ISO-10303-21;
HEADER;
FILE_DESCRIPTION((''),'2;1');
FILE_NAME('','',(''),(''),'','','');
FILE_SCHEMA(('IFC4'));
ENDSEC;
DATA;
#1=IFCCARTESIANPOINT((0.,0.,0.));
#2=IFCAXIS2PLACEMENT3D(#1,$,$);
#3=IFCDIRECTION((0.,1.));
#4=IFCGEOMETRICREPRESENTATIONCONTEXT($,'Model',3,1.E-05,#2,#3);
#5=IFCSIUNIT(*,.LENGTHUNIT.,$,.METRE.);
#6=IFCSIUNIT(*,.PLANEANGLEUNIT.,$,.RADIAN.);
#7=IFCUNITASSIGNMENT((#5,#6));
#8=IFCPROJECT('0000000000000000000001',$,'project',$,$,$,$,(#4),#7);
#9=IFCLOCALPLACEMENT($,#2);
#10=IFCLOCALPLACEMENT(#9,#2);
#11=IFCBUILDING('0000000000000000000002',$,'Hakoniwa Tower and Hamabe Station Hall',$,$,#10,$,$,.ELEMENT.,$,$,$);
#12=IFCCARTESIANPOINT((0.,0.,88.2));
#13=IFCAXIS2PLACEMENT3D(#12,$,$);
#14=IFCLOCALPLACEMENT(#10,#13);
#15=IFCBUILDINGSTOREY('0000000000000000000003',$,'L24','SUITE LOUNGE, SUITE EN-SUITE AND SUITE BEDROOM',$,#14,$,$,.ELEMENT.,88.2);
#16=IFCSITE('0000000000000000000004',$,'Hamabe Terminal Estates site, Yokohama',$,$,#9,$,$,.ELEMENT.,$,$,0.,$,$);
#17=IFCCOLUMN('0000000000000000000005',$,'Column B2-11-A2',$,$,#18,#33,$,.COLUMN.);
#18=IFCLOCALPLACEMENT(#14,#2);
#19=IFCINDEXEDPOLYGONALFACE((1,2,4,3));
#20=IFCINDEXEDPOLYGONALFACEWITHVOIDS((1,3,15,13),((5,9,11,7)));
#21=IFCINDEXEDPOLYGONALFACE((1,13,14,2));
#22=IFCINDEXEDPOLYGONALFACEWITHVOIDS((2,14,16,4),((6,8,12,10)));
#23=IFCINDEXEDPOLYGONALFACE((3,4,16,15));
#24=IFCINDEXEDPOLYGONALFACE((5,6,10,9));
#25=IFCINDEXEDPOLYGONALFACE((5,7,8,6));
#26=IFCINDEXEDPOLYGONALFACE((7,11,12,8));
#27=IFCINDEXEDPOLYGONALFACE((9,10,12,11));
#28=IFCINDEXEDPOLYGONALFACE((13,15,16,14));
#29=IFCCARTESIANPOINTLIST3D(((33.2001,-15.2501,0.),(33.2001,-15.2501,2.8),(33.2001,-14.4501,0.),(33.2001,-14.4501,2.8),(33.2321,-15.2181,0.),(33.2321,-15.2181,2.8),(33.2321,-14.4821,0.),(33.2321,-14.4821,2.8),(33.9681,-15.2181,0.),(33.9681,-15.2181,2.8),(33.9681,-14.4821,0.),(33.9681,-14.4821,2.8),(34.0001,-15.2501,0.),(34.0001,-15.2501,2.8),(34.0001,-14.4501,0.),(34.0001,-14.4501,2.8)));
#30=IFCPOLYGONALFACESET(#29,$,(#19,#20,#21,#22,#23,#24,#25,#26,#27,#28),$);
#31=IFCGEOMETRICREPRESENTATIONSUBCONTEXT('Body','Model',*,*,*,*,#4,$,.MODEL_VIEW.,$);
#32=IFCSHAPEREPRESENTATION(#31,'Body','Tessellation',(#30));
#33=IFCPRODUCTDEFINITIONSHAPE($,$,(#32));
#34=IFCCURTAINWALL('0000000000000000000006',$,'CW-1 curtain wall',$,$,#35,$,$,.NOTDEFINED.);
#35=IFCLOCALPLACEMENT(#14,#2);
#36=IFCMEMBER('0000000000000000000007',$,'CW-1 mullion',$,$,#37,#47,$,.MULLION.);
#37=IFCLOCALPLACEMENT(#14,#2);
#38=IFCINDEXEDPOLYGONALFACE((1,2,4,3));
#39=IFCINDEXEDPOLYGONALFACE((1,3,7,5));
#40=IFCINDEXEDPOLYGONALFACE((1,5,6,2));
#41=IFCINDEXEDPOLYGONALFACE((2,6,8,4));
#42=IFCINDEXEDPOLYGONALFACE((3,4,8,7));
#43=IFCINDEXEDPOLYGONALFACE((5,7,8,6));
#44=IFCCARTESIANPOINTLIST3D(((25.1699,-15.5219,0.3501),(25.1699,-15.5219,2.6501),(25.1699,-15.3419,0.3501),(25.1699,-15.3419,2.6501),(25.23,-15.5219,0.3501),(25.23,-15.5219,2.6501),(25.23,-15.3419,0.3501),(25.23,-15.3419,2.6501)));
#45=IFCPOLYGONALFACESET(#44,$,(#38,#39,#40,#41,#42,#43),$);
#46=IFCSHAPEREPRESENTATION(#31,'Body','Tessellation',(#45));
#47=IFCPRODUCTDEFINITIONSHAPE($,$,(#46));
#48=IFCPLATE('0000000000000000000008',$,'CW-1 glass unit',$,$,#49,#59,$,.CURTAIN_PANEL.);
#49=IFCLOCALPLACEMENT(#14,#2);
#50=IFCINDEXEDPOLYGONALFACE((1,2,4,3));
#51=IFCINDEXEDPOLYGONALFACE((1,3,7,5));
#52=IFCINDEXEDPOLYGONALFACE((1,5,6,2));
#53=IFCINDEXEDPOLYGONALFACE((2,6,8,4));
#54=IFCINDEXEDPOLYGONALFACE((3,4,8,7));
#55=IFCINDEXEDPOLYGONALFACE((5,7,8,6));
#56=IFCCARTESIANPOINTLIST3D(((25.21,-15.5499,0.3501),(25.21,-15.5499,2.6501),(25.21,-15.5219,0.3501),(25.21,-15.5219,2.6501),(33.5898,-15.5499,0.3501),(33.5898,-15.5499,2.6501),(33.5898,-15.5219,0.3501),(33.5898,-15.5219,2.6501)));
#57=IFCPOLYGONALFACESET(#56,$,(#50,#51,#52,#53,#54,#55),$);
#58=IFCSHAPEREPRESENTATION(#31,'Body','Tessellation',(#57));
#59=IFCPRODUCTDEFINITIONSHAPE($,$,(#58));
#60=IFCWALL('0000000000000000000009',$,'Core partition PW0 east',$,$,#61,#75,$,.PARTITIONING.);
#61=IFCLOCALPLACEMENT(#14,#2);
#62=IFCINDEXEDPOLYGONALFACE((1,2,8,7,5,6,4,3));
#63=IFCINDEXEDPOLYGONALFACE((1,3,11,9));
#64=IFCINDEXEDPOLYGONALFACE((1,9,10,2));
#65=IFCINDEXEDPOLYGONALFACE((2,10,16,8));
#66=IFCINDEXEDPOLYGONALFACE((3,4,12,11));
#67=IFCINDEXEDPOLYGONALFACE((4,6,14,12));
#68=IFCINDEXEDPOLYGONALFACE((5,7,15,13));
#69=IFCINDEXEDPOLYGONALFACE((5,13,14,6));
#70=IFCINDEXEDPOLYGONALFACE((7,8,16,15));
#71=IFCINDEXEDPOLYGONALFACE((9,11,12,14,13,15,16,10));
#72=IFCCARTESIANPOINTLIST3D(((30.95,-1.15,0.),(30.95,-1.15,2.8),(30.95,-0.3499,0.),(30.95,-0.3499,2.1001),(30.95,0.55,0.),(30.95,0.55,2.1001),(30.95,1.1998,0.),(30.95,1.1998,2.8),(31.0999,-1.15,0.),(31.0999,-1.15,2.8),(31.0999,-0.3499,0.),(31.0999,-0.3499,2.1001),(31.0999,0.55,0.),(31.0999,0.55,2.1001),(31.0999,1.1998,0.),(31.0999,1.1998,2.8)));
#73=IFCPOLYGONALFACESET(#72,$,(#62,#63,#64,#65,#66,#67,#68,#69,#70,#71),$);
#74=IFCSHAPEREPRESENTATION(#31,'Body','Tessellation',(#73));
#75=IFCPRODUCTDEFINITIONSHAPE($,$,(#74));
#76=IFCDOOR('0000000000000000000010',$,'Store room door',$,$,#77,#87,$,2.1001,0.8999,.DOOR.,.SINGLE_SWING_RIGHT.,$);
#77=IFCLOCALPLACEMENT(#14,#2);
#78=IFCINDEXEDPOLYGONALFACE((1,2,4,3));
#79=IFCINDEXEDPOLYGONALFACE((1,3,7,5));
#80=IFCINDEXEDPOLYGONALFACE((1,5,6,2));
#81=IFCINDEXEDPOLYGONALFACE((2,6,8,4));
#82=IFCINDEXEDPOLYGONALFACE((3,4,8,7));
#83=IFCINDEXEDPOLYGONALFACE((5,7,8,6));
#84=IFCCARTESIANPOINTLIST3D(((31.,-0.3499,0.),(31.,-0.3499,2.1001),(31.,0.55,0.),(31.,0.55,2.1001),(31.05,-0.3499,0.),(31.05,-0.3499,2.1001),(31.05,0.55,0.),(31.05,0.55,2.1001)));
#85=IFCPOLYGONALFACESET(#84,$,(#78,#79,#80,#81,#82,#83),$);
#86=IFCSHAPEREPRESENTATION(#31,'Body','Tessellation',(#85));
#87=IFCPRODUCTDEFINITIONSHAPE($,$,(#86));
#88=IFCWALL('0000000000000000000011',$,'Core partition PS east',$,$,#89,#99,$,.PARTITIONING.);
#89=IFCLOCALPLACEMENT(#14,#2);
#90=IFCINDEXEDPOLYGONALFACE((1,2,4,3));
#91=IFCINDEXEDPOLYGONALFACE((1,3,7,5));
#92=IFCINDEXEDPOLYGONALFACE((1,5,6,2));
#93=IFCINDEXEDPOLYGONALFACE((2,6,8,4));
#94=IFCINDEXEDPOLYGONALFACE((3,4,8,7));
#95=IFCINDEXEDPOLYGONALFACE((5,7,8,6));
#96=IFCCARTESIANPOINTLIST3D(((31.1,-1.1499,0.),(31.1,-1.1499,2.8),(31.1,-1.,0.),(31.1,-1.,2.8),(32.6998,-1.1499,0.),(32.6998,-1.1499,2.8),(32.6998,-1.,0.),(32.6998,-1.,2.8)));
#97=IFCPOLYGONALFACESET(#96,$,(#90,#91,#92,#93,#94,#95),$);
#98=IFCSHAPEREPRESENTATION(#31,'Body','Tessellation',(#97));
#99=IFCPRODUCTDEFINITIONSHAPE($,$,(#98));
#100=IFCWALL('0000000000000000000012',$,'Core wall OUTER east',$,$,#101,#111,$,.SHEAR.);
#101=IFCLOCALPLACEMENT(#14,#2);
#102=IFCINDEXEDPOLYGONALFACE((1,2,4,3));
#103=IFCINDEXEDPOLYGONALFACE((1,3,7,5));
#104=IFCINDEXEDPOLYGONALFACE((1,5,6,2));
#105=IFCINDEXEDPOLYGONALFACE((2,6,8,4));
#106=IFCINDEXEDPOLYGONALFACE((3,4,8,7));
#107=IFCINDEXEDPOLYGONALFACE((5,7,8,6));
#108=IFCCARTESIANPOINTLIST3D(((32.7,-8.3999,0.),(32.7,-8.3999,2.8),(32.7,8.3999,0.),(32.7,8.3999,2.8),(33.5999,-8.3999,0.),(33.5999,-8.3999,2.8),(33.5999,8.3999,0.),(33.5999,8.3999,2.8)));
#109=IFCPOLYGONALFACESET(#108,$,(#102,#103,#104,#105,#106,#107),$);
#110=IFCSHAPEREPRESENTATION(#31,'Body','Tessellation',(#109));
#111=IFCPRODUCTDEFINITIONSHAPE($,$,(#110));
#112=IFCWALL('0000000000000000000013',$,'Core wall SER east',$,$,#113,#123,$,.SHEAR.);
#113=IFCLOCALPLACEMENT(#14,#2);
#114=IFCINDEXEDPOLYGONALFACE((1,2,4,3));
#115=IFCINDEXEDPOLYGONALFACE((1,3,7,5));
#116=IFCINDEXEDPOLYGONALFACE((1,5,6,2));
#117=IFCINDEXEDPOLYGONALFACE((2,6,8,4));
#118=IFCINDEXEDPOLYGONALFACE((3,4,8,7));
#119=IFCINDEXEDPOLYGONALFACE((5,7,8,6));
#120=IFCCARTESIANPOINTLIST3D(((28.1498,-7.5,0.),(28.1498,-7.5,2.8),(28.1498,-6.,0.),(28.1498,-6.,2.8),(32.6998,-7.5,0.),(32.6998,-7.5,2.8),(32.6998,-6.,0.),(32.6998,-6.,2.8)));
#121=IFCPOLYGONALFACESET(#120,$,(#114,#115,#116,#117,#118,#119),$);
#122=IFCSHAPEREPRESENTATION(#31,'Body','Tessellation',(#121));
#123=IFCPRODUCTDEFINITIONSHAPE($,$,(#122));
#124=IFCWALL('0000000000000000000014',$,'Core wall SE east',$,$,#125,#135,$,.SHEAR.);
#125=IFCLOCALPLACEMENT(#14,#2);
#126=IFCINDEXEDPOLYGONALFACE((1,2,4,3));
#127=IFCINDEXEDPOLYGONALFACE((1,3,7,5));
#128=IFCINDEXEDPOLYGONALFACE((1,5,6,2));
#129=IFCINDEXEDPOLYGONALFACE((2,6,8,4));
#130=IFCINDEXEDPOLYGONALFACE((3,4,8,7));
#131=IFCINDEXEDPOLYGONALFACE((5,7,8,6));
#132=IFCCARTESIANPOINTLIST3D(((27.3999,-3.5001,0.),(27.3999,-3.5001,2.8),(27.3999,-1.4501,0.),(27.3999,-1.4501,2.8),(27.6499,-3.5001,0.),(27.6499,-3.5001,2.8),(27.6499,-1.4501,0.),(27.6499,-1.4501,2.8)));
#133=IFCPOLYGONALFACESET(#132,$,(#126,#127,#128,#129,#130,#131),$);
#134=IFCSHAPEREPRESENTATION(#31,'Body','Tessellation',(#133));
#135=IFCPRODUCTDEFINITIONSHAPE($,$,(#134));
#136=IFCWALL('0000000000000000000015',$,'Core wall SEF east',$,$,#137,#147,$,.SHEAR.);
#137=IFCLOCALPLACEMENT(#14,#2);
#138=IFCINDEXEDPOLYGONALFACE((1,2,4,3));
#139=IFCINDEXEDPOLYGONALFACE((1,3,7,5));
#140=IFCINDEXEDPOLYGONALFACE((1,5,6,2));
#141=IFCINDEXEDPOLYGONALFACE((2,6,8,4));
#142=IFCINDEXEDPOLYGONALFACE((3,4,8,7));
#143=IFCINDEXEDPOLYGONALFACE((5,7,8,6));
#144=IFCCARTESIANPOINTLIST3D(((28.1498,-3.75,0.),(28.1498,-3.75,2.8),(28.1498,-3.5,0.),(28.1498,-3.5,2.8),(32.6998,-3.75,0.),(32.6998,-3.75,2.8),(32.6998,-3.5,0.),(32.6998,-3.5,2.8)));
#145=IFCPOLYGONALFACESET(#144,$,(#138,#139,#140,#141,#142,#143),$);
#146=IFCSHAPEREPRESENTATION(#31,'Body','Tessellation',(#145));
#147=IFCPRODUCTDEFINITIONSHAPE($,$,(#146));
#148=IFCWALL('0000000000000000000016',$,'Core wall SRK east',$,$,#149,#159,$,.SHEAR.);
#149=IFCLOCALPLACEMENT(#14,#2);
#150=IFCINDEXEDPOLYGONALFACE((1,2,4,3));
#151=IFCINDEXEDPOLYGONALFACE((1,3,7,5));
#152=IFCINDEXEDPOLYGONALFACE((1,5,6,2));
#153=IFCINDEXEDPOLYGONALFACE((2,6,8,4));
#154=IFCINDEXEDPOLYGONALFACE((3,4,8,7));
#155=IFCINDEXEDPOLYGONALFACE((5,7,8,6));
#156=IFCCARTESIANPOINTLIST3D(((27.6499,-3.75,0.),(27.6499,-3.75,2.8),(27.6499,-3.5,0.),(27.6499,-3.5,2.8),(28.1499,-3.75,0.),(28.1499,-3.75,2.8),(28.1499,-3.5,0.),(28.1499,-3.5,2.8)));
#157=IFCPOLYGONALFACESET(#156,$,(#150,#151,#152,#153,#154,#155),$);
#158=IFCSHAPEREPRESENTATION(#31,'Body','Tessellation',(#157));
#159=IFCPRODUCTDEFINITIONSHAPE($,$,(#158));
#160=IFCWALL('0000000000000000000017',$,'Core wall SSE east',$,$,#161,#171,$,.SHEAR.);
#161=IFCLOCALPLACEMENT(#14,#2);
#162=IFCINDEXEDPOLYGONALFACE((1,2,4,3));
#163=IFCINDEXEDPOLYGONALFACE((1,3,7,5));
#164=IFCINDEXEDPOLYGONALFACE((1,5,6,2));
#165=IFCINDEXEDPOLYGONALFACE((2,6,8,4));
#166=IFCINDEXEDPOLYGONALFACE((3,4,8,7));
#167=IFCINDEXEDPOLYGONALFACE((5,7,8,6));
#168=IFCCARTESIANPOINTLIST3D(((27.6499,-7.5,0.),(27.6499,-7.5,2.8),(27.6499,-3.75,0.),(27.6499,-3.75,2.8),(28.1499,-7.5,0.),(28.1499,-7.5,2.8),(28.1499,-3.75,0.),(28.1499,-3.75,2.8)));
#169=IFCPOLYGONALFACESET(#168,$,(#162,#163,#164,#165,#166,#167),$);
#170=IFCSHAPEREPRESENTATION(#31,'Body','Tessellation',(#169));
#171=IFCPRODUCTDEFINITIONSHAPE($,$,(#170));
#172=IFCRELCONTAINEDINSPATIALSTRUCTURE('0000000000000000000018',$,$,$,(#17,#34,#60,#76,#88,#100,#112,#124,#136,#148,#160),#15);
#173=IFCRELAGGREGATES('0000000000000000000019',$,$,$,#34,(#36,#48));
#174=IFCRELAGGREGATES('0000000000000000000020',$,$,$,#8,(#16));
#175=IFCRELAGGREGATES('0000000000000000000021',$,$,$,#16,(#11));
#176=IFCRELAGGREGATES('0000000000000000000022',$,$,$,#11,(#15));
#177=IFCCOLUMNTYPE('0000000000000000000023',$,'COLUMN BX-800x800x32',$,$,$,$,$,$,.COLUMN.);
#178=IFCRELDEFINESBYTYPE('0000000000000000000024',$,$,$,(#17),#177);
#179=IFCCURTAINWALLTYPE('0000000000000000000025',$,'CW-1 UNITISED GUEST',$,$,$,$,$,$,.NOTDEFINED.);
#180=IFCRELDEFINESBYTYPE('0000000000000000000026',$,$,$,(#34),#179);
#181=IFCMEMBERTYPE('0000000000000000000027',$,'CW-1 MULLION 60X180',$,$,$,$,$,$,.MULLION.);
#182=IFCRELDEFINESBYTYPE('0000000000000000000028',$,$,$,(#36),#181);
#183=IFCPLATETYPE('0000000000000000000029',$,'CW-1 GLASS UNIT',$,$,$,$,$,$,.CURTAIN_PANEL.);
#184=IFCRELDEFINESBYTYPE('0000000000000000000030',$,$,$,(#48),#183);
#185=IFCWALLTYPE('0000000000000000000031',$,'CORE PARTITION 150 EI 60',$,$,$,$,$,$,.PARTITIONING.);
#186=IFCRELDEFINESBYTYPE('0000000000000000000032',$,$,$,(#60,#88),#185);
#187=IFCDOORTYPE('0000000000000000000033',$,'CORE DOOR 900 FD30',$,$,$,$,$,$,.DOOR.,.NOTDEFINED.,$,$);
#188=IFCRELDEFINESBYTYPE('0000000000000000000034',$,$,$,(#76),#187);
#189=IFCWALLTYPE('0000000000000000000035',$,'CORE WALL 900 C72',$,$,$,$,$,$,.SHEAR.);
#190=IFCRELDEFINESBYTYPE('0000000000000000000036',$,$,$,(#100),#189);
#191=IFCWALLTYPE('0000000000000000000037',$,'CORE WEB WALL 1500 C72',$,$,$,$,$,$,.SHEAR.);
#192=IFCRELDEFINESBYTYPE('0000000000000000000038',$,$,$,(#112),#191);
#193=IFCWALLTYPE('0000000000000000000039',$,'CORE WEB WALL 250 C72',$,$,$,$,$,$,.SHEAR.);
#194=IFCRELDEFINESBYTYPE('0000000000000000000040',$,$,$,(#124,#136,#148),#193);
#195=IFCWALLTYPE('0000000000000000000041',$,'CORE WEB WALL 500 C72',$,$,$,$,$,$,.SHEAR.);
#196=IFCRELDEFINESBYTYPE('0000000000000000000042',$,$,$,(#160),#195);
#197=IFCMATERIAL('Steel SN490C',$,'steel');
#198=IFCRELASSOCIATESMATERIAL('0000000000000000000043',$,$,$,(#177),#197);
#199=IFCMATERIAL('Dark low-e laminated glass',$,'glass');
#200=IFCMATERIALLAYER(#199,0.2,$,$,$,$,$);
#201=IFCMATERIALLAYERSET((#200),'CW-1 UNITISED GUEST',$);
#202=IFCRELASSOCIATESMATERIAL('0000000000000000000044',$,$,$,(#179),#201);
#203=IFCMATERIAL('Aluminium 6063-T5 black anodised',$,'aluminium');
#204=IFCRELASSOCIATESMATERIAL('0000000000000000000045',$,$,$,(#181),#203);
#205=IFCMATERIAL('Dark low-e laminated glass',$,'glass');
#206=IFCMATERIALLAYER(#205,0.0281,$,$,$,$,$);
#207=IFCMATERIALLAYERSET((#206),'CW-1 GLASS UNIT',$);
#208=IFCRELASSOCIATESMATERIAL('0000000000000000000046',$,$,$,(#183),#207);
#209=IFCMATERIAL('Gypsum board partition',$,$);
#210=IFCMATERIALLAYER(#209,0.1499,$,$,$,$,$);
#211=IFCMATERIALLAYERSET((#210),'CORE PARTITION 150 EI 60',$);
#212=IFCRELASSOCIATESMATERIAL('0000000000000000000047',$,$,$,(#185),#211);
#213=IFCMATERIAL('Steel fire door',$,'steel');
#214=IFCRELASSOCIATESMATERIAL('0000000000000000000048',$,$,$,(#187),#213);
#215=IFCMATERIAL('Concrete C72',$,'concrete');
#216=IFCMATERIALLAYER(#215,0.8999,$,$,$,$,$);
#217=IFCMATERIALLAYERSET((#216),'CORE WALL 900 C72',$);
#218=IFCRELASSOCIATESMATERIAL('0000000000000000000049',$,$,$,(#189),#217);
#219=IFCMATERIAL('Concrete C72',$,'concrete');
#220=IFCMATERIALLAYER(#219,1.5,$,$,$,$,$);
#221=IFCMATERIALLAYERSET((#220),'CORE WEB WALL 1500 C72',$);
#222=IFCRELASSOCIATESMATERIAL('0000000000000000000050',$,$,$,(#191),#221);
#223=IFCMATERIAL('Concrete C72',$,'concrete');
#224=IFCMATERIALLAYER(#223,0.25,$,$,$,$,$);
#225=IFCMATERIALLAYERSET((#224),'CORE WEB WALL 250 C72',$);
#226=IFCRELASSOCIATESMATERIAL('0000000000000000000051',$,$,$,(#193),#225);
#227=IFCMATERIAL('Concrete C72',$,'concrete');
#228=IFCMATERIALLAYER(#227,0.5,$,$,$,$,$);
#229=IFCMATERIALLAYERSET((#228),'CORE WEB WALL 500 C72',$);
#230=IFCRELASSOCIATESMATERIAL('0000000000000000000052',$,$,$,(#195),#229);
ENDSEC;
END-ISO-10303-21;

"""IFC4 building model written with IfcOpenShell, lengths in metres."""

from ifc_helpers import new_model, si_unit, direction, frame, frame_2d, origin, origin_2d, place, context, subcontext, project, spatial, rectangle, hollow_rectangle, extrude, material, layer, layer_set, material_profile, profile_set, type_object, element, fill, aggregate, save


model = new_model("IFC4")

# Units and contexts
model_context = context("Model", 3, precision=1e-05, world=origin(), true_north=direction((0.0, 1.0)))
body_context = subcontext(model_context, "Body", "Model", "MODEL_VIEW")
ifc_project = project(units=[si_unit("LENGTHUNIT", "METRE"), si_unit("PLANEANGLEUNIT", "RADIAN")], contexts=[model_context])

# Site, building, storey
site_placement = place(None, origin())
site = spatial("IfcSite", under=ifc_project, at=site_placement, Name="Hamabe Terminal Estates site, Yokohama", CompositionType="ELEMENT", RefElevation=0.0)
building_placement = place(site_placement, origin())
building = spatial("IfcBuilding", under=site, at=building_placement, Name="Hakoniwa Tower and Hamabe Station Hall", CompositionType="ELEMENT")
storey_placement = place(building_placement, frame((0.0, 0.0, 88.2)))
storey = spatial("IfcBuildingStorey", under=building, at=storey_placement, Name="L24", Description="SUITE LOUNGE, SUITE EN-SUITE AND SUITE BEDROOM", CompositionType="ELEMENT", Elevation=88.2)

# Column
ifc_material_1 = material(Name="Steel SN490C", Category="steel")
ifc_material_profile_1 = material_profile(ifc_material_1, hollow_rectangle(XDim=0.8, YDim=0.8, WallThickness=0.032, at=origin_2d()), Name="BX-800x800x32")
ifc_profile_set_1 = profile_set([ifc_material_profile_1], Name="Steel SN490C")
column_type = type_object("IfcColumnType", Name="COLUMN BX-800x800x32", PredefinedType="COLUMN", material=ifc_profile_set_1)
column_placement = place(storey_placement, frame((33.6001, -14.8501, 0.0), z_axis=(0.0, 0.0, 1.0), x_axis=(1.0, 0.0, 0.0)))
element("IfcColumn", 1, at=column_placement, inside=storey, type_object=column_type, Name="Column B2-11-A2", PredefinedType="COLUMN", context=body_context, shape_type="SweptSolid", body=[
    extrude(hollow_rectangle(XDim=0.8, YDim=0.8, WallThickness=0.032, at=origin_2d()), origin(), (0.0, 0.0, 1.0), 2.8),
])

# Curtain wall, member, plate
ifc_material_2 = material(Name="Dark low-e laminated glass", Category="glass")
ifc_layer_1 = layer(ifc_material_2, 0.2)
ifc_layer_set_1 = layer_set([ifc_layer_1], Name="CW-1 UNITISED GUEST")
curtain_wall_type = type_object("IfcCurtainWallType", Name="CW-1 UNITISED GUEST", PredefinedType="NOTDEFINED", material=ifc_layer_set_1)
curtain_wall_placement = place(storey_placement, origin())
curtain_wall = element("IfcCurtainWall", 2, at=curtain_wall_placement, inside=storey, type_object=curtain_wall_type, Name="CW-1 curtain wall", PredefinedType="NOTDEFINED")
ifc_material_3 = material(Name="Aluminium 6063-T5 black anodised", Category="aluminium")
ifc_material_profile_2 = material_profile(ifc_material_3, rectangle(XDim=0.0601, YDim=0.1799, at=origin_2d()), Name="CW-1 MULLION 60X180")
ifc_profile_set_2 = profile_set([ifc_material_profile_2], Name="Aluminium 6063-T5 black anodised")
member_type = type_object("IfcMemberType", Name="CW-1 MULLION 60X180", PredefinedType="MULLION", material=ifc_profile_set_2)
member_placement = place(storey_placement, frame((25.2, -15.4319, 0.3501), z_axis=(0.0, 0.0, 1.0), x_axis=(1.0, 0.0, 0.0)))
member = element("IfcMember", 3, at=member_placement, type_object=member_type, Name="CW-1 mullion", PredefinedType="MULLION", context=body_context, shape_type="SweptSolid", body=[
    extrude(rectangle(XDim=0.0601, YDim=0.1799, at=origin_2d()), origin(), (0.0, 0.0, 1.0), 2.3),
])
ifc_material_4 = material(Name="Dark low-e laminated glass", Category="glass")
ifc_layer_2 = layer(ifc_material_4, 0.0281)
ifc_layer_set_2 = layer_set([ifc_layer_2], Name="CW-1 GLASS UNIT")
plate_type = type_object("IfcPlateType", Name="CW-1 GLASS UNIT", PredefinedType="CURTAIN_PANEL", material=ifc_layer_set_2)
plate_placement = place(storey_placement, frame((29.3999, -15.5359, 0.3501), z_axis=(0.0, 0.0, 1.0), x_axis=(1.0, 0.0, 0.0)))
plate = element("IfcPlate", 4, at=plate_placement, type_object=plate_type, Name="CW-1 glass unit", PredefinedType="CURTAIN_PANEL", context=body_context, shape_type="SweptSolid", body=[
    extrude(rectangle(XDim=8.3799, YDim=0.0281, at=origin_2d()), origin(), (0.0, 0.0, 1.0), 2.3),
])
aggregate(curtain_wall, [member, plate])

# Wall, opening, door
ifc_material_5 = material(Name="Gypsum board partition")
ifc_layer_3 = layer(ifc_material_5, 0.1499)
ifc_layer_set_3 = layer_set([ifc_layer_3], Name="CORE PARTITION 150 EI 60")
wall_type_1 = type_object("IfcWallType", Name="CORE PARTITION 150 EI 60", PredefinedType="PARTITIONING", material=ifc_layer_set_3)
wall_1_placement = place(storey_placement, frame((31.0249, -1.1499, 0.0), z_axis=(0.0, 0.0, 1.0), x_axis=(0.0, 1.0, 0.0)))
wall_1 = element("IfcWall", 5, at=wall_1_placement, inside=storey, type_object=wall_type_1, Name="Core partition PW0 east", PredefinedType="PARTITIONING", context=body_context, shape_type="SweptSolid", body=[
    extrude(rectangle(XDim=2.3499, YDim=0.1499, at=frame_2d((1.1748, 0.0))), origin(), (0.0, 0.0, 1.0), 2.8),
])
opening_1_placement = place(wall_1_placement, frame((0.8, 0.0, 0.0)))
opening_1 = element("IfcOpeningElement", 6, at=opening_1_placement, cuts=wall_1, PredefinedType="OPENING", context=body_context, shape_type="SweptSolid", body=[
    extrude(rectangle(XDim=0.8999, YDim=2.1001, at=frame_2d((0.45, 1.05))), frame((0.0, 0.085, 0.0), z_axis=(0.0, -1.0, 0.0), x_axis=(1.0, 0.0, 0.0)), (0.0, 0.0, 1.0), 0.1699),
])
ifc_material_6 = material(Name="Steel fire door", Category="steel")
door_type_1 = type_object("IfcDoorType", Name="CORE DOOR 900 FD30", OperationType="NOTDEFINED", PredefinedType="DOOR", material=ifc_material_6)
door_1_placement = place(opening_1_placement, origin())
door_1 = element("IfcDoor", 7, at=door_1_placement, inside=storey, type_object=door_type_1, Name="Store room door", OperationType="SINGLE_SWING_RIGHT", OverallHeight=2.1001, OverallWidth=0.8999, PredefinedType="DOOR", context=body_context, shape_type="SweptSolid", body=[
    extrude(rectangle(XDim=0.8999, YDim=2.1001, at=frame_2d((0.45, 1.05))), frame((0.0, 0.0249, 0.0), z_axis=(0.0, -1.0, 0.0), x_axis=(1.0, 0.0, 0.0)), (0.0, 0.0, 1.0), 0.05),
])
fill(opening_1, door_1)

# Walls
wall_2_placement = place(storey_placement, frame((31.1001, -1.075, 0.0), z_axis=(0.0, 0.0, 1.0), x_axis=(1.0, 0.0, 0.0)))
element("IfcWall", 8, at=wall_2_placement, inside=storey, type_object=wall_type_1, Name="Core partition PS east", PredefinedType="PARTITIONING", context=body_context, shape_type="SweptSolid", body=[
    extrude(rectangle(XDim=1.5999, YDim=0.1499, at=frame_2d((0.7998, 0.0))), origin(), (0.0, 0.0, 1.0), 2.8),
])
ifc_material_7 = material(Name="Concrete C72", Category="concrete")
ifc_layer_4 = layer(ifc_material_7, 0.8999)
ifc_layer_set_4 = layer_set([ifc_layer_4], Name="CORE WALL 900 C72")
wall_type_2 = type_object("IfcWallType", Name="CORE WALL 900 C72", PredefinedType="SHEAR", material=ifc_layer_set_4)
wall_3_placement = place(storey_placement, frame((33.1499, -8.3999, 0.0), z_axis=(0.0, 0.0, 1.0), x_axis=(0.0, 1.0, 0.0)))
element("IfcWall", 9, at=wall_3_placement, inside=storey, type_object=wall_type_2, Name="Core wall OUTER east", PredefinedType="SHEAR", context=body_context, shape_type="SweptSolid", body=[
    extrude(rectangle(XDim=16.7998, YDim=0.8999, at=frame_2d((8.3999, 0.0))), origin(), (0.0, 0.0, 1.0), 2.8),
])
ifc_material_8 = material(Name="Concrete C72", Category="concrete")
ifc_layer_5 = layer(ifc_material_8, 1.5)
ifc_layer_set_5 = layer_set([ifc_layer_5], Name="CORE WEB WALL 1500 C72")
wall_type_3 = type_object("IfcWallType", Name="CORE WEB WALL 1500 C72", PredefinedType="SHEAR", material=ifc_layer_set_5)
wall_4_placement = place(storey_placement, frame((28.1499, -6.75, 0.0), z_axis=(0.0, 0.0, 1.0), x_axis=(1.0, 0.0, 0.0)))
element("IfcWall", 10, at=wall_4_placement, inside=storey, type_object=wall_type_3, Name="Core wall SER east", PredefinedType="SHEAR", context=body_context, shape_type="SweptSolid", body=[
    extrude(rectangle(XDim=4.55, YDim=1.5, at=frame_2d((2.2749, 0.0))), origin(), (0.0, 0.0, 1.0), 2.8),
])
ifc_material_9 = material(Name="Concrete C72", Category="concrete")
ifc_layer_6 = layer(ifc_material_9, 0.25)
ifc_layer_set_6 = layer_set([ifc_layer_6], Name="CORE WEB WALL 250 C72")
wall_type_4 = type_object("IfcWallType", Name="CORE WEB WALL 250 C72", PredefinedType="SHEAR", material=ifc_layer_set_6)
wall_5_placement = place(storey_placement, frame((27.5249, -3.5, 0.0), z_axis=(0.0, 0.0, 1.0), x_axis=(0.0, 1.0, 0.0)))
element("IfcWall", 11, at=wall_5_placement, inside=storey, type_object=wall_type_4, Name="Core wall SE east", PredefinedType="SHEAR", context=body_context, shape_type="SweptSolid", body=[
    extrude(rectangle(XDim=2.05, YDim=0.25, at=frame_2d((1.0249, 0.0))), origin(), (0.0, 0.0, 1.0), 2.8),
])
wall_6_placement = place(storey_placement, frame((28.1499, -3.625, 0.0), z_axis=(0.0, 0.0, 1.0), x_axis=(1.0, 0.0, 0.0)))
element("IfcWall", 12, at=wall_6_placement, inside=storey, type_object=wall_type_4, Name="Core wall SEF east", PredefinedType="SHEAR", context=body_context, shape_type="SweptSolid", body=[
    extrude(rectangle(XDim=4.55, YDim=0.25, at=frame_2d((2.2749, 0.0))), origin(), (0.0, 0.0, 1.0), 2.8),
])
wall_7_placement = place(storey_placement, frame((27.6499, -3.625, 0.0), z_axis=(0.0, 0.0, 1.0), x_axis=(1.0, 0.0, 0.0)))
element("IfcWall", 13, at=wall_7_placement, inside=storey, type_object=wall_type_4, Name="Core wall SRK east", PredefinedType="SHEAR", context=body_context, shape_type="SweptSolid", body=[
    extrude(rectangle(XDim=0.5, YDim=0.25, at=frame_2d((0.25, 0.0))), origin(), (0.0, 0.0, 1.0), 2.8),
])
ifc_material_10 = material(Name="Concrete C72", Category="concrete")
ifc_layer_7 = layer(ifc_material_10, 0.5)
ifc_layer_set_7 = layer_set([ifc_layer_7], Name="CORE WEB WALL 500 C72")
wall_type_5 = type_object("IfcWallType", Name="CORE WEB WALL 500 C72", PredefinedType="SHEAR", material=ifc_layer_set_7)
wall_8_placement = place(storey_placement, frame((27.8999, -7.5, 0.0), z_axis=(0.0, 0.0, 1.0), x_axis=(0.0, 1.0, 0.0)))
element("IfcWall", 14, at=wall_8_placement, inside=storey, type_object=wall_type_5, Name="Core wall SSE east", PredefinedType="SHEAR", context=body_context, shape_type="SweptSolid", body=[
    extrude(rectangle(XDim=3.75, YDim=0.5, at=frame_2d((1.875, 0.0))), origin(), (0.0, 0.0, 1.0), 2.8),
])

save(model, "model.ifc")
